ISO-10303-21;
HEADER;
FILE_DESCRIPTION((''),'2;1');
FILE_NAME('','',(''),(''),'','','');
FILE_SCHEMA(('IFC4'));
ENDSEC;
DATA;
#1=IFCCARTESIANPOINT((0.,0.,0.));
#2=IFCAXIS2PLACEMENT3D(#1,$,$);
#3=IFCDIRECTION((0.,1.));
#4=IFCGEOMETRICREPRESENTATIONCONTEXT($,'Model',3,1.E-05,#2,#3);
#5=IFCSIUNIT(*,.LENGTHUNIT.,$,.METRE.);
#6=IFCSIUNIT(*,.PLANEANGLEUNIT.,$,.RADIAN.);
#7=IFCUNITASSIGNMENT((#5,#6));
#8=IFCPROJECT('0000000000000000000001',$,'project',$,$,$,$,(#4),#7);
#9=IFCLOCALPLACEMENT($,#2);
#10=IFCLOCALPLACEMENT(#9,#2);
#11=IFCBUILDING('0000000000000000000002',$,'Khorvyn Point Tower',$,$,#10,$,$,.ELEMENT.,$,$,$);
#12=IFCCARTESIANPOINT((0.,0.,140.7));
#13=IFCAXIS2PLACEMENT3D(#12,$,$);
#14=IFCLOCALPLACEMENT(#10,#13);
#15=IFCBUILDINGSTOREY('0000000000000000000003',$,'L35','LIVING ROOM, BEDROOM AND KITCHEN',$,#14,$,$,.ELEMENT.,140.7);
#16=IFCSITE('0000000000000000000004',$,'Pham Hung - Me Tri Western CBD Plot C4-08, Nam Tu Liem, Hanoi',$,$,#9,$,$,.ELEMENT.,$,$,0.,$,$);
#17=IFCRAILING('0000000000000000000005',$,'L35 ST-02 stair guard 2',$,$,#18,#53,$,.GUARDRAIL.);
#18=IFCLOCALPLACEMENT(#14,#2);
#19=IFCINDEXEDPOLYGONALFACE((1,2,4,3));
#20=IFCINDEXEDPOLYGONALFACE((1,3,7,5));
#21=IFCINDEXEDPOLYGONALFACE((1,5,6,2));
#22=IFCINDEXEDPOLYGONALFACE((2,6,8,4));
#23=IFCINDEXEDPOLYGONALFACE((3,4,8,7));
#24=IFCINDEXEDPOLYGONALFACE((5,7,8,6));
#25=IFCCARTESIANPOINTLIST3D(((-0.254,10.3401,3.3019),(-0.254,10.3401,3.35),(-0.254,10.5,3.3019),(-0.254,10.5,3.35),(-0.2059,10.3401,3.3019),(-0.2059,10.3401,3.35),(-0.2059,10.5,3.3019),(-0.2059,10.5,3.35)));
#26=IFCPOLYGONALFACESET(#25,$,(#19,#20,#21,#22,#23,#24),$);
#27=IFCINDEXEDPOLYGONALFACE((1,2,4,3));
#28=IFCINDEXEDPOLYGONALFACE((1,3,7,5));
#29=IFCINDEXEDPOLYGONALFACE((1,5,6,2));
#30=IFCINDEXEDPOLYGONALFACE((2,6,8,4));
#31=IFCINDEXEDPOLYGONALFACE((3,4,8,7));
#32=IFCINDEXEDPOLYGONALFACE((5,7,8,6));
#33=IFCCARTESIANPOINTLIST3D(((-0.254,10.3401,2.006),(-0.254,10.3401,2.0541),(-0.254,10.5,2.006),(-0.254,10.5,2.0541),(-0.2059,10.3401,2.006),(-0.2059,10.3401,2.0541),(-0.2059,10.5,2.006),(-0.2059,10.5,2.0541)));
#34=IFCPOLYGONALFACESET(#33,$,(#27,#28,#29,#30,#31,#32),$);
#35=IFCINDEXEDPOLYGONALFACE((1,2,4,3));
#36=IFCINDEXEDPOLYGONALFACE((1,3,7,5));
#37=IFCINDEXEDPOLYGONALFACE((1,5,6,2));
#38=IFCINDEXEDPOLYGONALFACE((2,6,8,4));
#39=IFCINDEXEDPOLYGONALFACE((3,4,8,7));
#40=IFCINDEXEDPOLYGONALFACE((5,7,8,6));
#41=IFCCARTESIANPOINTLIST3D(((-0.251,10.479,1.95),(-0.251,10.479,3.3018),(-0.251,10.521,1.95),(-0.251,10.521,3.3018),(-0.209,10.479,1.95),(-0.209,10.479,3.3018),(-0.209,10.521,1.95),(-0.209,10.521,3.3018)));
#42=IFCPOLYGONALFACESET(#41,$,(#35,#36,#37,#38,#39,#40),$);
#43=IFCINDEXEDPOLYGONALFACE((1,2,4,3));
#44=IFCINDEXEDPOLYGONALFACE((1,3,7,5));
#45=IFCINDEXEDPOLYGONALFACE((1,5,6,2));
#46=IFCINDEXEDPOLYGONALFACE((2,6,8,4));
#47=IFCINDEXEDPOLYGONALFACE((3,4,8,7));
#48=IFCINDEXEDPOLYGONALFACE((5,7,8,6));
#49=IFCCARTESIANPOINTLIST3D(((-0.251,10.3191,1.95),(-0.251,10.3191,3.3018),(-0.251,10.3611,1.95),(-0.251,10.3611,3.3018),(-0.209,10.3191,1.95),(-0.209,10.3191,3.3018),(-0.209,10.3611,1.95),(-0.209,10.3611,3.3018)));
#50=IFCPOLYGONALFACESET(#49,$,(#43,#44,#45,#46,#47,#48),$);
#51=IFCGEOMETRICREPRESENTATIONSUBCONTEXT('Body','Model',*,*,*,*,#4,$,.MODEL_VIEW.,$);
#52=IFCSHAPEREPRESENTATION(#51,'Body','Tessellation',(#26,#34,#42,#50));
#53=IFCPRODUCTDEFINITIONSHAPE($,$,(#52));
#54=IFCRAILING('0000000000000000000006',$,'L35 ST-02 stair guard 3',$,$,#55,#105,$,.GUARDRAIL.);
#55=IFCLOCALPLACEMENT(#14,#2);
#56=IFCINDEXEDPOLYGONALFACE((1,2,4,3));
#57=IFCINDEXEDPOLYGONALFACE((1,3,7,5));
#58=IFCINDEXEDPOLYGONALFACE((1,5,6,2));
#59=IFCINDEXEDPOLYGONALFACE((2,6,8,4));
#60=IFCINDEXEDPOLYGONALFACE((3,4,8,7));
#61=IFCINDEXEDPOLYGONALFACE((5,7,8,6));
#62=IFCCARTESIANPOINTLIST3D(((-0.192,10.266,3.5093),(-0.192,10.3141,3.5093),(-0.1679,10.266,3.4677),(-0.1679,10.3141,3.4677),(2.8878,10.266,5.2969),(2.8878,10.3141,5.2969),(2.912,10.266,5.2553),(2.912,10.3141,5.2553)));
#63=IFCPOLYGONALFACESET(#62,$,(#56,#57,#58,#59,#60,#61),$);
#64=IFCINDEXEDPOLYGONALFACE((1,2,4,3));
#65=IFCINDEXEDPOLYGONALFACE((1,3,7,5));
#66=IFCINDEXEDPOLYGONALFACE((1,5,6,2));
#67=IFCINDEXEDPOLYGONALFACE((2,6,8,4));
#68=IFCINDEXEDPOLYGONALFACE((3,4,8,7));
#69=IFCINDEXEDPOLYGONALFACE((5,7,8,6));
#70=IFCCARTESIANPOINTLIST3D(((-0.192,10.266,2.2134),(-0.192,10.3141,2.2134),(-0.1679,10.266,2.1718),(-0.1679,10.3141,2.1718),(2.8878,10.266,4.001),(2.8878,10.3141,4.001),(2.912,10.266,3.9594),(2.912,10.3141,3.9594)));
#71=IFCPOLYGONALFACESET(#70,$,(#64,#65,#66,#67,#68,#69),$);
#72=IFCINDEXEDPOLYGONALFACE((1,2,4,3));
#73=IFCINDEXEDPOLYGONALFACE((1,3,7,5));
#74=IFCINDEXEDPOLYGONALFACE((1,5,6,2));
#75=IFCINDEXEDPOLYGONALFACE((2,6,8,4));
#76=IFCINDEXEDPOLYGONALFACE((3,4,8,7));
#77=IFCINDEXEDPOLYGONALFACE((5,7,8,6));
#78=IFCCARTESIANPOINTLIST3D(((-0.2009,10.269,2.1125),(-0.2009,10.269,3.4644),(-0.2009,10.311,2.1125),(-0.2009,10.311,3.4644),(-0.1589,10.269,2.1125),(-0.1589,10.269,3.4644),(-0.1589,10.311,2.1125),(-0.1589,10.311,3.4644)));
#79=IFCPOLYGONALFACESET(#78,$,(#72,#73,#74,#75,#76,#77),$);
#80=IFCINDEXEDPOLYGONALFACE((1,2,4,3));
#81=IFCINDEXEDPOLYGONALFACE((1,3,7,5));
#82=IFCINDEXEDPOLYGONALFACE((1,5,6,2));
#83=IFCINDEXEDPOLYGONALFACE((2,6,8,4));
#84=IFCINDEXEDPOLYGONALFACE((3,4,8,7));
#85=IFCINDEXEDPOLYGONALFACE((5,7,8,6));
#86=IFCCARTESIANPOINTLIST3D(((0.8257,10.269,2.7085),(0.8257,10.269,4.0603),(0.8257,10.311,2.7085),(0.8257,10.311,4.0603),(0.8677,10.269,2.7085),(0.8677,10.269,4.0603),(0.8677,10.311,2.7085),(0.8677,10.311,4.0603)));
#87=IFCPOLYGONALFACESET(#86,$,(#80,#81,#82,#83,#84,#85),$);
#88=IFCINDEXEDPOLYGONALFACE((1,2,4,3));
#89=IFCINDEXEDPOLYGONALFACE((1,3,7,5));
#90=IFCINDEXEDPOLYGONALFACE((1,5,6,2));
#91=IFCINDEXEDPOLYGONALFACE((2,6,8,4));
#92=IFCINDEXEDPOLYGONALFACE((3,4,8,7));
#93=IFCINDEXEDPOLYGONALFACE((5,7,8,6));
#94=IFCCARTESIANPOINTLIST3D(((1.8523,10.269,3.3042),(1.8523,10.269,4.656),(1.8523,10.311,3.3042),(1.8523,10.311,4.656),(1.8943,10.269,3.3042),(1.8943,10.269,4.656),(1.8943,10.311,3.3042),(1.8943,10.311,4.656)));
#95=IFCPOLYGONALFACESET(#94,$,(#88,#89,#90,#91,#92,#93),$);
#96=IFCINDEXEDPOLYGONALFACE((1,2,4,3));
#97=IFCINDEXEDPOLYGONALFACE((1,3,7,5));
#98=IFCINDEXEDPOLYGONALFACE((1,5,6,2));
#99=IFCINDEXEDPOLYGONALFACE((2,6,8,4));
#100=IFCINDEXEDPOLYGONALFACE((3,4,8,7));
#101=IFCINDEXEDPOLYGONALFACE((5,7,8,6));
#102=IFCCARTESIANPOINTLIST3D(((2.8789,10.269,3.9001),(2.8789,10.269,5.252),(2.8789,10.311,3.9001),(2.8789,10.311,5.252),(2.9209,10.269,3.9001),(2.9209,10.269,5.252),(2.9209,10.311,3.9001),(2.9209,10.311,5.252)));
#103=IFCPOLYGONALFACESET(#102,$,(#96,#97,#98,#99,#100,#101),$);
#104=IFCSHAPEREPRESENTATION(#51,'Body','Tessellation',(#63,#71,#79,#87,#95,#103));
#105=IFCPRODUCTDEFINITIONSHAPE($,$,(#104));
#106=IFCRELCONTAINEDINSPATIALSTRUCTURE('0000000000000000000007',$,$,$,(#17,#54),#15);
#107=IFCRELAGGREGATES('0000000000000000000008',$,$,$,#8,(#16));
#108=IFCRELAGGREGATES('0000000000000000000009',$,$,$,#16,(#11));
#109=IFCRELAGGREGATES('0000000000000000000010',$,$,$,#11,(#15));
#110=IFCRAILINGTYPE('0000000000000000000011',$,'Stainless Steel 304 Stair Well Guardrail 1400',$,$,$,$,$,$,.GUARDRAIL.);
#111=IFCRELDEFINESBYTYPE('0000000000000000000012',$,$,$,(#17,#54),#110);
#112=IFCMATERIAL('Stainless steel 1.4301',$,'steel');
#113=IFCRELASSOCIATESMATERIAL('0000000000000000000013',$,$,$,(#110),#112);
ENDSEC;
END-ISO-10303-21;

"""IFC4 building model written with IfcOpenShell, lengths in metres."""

from ifc_helpers import new_model, si_unit, direction, frame, origin, origin_2d, place, context, subcontext, project, spatial, rectangle, extrude, material, type_object, element, save


model = new_model("IFC4")

# Units and contexts
model_context = context("Model", 3, precision=1e-05, world=origin(), true_north=direction((0.0, 1.0)))
body_context = subcontext(model_context, "Body", "Model", "MODEL_VIEW")
ifc_project = project(units=[si_unit("LENGTHUNIT", "METRE"), si_unit("PLANEANGLEUNIT", "RADIAN")], contexts=[model_context])

# Site, building, storey
site_placement = place(None, origin())
site = spatial("IfcSite", under=ifc_project, at=site_placement, Name="Pham Hung - Me Tri Western CBD Plot C4-08, Nam Tu Liem, Hanoi", CompositionType="ELEMENT", RefElevation=0.0)
building_placement = place(site_placement, origin())
building = spatial("IfcBuilding", under=site, at=building_placement, Name="Khorvyn Point Tower", CompositionType="ELEMENT")
storey_placement = place(building_placement, frame((0.0, 0.0, 140.7)))
storey = spatial("IfcBuildingStorey", under=building, at=storey_placement, Name="L35", Description="LIVING ROOM, BEDROOM AND KITCHEN", CompositionType="ELEMENT", Elevation=140.7)

# Railings
ifc_material_1 = material(Name="Stainless steel 1.4301", Category="steel")
railing_type_1 = type_object("IfcRailingType", Name="Stainless Steel 304 Stair Well Guardrail 1400", PredefinedType="GUARDRAIL", material=ifc_material_1)
railing_1_placement = place(storey_placement, frame((-0.23, 10.5, 1.95)))
element("IfcRailing", 1, at=railing_1_placement, inside=storey, type_object=railing_type_1, Name="L35 ST-02 stair guard 2", PredefinedType="GUARDRAIL", context=body_context, shape_type="SweptSolid", body=[
    extrude(rectangle(XDim=0.0481, YDim=0.0481, at=origin_2d()), frame((0.0, 0.0, 1.376), z_axis=(0.0, -1.0, 0.0), x_axis=(1.0, 0.0, 0.0)), (0.0, 0.0, 1.0), 0.1599),
    extrude(rectangle(XDim=0.0481, YDim=0.0481, at=origin_2d()), frame((0.0, 0.0, 0.0801), z_axis=(0.0, -1.0, 0.0), x_axis=(1.0, 0.0, 0.0)), (0.0, 0.0, 1.0), 0.1599),
    extrude(rectangle(XDim=0.042, YDim=0.042, at=origin_2d()), origin(), (0.0, 0.0, 1.0), 1.3518),
    extrude(rectangle(XDim=0.042, YDim=0.042, at=origin_2d()), frame((0.0, -0.1599, 0.0)), (0.0, 0.0, 1.0), 1.3518),
])
railing_2_placement = place(storey_placement, frame((-0.1799, 10.29, 2.1125)))
element("IfcRailing", 2, at=railing_2_placement, inside=storey, type_object=railing_type_1, Name="L35 ST-02 stair guard 3", PredefinedType="GUARDRAIL", context=body_context, shape_type="SweptSolid", body=[
    extrude(rectangle(XDim=0.0481, YDim=0.0481, at=origin_2d()), frame((0.0, 0.0, 1.376), z_axis=(0.864873, 0.0, 0.50199), x_axis=(0.0, 1.0, 0.0)), (0.0, 0.0, 1.0), 3.561),
    extrude(rectangle(XDim=0.0481, YDim=0.0481, at=origin_2d()), frame((0.0, 0.0, 0.0801), z_axis=(0.864873, 0.0, 0.50199), x_axis=(0.0, 1.0, 0.0)), (0.0, 0.0, 1.0), 3.561),
    extrude(rectangle(XDim=0.042, YDim=0.042, at=origin_2d()), origin(), (0.0, 0.0, 1.0), 1.3518),
    extrude(rectangle(XDim=0.042, YDim=0.042, at=origin_2d()), frame((1.0266, 0.0, 0.5959)), (0.0, 0.0, 1.0), 1.3518),
    extrude(rectangle(XDim=0.042, YDim=0.042, at=origin_2d()), frame((2.0532, 0.0, 1.1917)), (0.0, 0.0, 1.0), 1.3518),
    extrude(rectangle(XDim=0.042, YDim=0.042, at=origin_2d()), frame((3.0798, 0.0, 1.7876)), (0.0, 0.0, 1.0), 1.3518),
])

save(model, "model.ifc")
